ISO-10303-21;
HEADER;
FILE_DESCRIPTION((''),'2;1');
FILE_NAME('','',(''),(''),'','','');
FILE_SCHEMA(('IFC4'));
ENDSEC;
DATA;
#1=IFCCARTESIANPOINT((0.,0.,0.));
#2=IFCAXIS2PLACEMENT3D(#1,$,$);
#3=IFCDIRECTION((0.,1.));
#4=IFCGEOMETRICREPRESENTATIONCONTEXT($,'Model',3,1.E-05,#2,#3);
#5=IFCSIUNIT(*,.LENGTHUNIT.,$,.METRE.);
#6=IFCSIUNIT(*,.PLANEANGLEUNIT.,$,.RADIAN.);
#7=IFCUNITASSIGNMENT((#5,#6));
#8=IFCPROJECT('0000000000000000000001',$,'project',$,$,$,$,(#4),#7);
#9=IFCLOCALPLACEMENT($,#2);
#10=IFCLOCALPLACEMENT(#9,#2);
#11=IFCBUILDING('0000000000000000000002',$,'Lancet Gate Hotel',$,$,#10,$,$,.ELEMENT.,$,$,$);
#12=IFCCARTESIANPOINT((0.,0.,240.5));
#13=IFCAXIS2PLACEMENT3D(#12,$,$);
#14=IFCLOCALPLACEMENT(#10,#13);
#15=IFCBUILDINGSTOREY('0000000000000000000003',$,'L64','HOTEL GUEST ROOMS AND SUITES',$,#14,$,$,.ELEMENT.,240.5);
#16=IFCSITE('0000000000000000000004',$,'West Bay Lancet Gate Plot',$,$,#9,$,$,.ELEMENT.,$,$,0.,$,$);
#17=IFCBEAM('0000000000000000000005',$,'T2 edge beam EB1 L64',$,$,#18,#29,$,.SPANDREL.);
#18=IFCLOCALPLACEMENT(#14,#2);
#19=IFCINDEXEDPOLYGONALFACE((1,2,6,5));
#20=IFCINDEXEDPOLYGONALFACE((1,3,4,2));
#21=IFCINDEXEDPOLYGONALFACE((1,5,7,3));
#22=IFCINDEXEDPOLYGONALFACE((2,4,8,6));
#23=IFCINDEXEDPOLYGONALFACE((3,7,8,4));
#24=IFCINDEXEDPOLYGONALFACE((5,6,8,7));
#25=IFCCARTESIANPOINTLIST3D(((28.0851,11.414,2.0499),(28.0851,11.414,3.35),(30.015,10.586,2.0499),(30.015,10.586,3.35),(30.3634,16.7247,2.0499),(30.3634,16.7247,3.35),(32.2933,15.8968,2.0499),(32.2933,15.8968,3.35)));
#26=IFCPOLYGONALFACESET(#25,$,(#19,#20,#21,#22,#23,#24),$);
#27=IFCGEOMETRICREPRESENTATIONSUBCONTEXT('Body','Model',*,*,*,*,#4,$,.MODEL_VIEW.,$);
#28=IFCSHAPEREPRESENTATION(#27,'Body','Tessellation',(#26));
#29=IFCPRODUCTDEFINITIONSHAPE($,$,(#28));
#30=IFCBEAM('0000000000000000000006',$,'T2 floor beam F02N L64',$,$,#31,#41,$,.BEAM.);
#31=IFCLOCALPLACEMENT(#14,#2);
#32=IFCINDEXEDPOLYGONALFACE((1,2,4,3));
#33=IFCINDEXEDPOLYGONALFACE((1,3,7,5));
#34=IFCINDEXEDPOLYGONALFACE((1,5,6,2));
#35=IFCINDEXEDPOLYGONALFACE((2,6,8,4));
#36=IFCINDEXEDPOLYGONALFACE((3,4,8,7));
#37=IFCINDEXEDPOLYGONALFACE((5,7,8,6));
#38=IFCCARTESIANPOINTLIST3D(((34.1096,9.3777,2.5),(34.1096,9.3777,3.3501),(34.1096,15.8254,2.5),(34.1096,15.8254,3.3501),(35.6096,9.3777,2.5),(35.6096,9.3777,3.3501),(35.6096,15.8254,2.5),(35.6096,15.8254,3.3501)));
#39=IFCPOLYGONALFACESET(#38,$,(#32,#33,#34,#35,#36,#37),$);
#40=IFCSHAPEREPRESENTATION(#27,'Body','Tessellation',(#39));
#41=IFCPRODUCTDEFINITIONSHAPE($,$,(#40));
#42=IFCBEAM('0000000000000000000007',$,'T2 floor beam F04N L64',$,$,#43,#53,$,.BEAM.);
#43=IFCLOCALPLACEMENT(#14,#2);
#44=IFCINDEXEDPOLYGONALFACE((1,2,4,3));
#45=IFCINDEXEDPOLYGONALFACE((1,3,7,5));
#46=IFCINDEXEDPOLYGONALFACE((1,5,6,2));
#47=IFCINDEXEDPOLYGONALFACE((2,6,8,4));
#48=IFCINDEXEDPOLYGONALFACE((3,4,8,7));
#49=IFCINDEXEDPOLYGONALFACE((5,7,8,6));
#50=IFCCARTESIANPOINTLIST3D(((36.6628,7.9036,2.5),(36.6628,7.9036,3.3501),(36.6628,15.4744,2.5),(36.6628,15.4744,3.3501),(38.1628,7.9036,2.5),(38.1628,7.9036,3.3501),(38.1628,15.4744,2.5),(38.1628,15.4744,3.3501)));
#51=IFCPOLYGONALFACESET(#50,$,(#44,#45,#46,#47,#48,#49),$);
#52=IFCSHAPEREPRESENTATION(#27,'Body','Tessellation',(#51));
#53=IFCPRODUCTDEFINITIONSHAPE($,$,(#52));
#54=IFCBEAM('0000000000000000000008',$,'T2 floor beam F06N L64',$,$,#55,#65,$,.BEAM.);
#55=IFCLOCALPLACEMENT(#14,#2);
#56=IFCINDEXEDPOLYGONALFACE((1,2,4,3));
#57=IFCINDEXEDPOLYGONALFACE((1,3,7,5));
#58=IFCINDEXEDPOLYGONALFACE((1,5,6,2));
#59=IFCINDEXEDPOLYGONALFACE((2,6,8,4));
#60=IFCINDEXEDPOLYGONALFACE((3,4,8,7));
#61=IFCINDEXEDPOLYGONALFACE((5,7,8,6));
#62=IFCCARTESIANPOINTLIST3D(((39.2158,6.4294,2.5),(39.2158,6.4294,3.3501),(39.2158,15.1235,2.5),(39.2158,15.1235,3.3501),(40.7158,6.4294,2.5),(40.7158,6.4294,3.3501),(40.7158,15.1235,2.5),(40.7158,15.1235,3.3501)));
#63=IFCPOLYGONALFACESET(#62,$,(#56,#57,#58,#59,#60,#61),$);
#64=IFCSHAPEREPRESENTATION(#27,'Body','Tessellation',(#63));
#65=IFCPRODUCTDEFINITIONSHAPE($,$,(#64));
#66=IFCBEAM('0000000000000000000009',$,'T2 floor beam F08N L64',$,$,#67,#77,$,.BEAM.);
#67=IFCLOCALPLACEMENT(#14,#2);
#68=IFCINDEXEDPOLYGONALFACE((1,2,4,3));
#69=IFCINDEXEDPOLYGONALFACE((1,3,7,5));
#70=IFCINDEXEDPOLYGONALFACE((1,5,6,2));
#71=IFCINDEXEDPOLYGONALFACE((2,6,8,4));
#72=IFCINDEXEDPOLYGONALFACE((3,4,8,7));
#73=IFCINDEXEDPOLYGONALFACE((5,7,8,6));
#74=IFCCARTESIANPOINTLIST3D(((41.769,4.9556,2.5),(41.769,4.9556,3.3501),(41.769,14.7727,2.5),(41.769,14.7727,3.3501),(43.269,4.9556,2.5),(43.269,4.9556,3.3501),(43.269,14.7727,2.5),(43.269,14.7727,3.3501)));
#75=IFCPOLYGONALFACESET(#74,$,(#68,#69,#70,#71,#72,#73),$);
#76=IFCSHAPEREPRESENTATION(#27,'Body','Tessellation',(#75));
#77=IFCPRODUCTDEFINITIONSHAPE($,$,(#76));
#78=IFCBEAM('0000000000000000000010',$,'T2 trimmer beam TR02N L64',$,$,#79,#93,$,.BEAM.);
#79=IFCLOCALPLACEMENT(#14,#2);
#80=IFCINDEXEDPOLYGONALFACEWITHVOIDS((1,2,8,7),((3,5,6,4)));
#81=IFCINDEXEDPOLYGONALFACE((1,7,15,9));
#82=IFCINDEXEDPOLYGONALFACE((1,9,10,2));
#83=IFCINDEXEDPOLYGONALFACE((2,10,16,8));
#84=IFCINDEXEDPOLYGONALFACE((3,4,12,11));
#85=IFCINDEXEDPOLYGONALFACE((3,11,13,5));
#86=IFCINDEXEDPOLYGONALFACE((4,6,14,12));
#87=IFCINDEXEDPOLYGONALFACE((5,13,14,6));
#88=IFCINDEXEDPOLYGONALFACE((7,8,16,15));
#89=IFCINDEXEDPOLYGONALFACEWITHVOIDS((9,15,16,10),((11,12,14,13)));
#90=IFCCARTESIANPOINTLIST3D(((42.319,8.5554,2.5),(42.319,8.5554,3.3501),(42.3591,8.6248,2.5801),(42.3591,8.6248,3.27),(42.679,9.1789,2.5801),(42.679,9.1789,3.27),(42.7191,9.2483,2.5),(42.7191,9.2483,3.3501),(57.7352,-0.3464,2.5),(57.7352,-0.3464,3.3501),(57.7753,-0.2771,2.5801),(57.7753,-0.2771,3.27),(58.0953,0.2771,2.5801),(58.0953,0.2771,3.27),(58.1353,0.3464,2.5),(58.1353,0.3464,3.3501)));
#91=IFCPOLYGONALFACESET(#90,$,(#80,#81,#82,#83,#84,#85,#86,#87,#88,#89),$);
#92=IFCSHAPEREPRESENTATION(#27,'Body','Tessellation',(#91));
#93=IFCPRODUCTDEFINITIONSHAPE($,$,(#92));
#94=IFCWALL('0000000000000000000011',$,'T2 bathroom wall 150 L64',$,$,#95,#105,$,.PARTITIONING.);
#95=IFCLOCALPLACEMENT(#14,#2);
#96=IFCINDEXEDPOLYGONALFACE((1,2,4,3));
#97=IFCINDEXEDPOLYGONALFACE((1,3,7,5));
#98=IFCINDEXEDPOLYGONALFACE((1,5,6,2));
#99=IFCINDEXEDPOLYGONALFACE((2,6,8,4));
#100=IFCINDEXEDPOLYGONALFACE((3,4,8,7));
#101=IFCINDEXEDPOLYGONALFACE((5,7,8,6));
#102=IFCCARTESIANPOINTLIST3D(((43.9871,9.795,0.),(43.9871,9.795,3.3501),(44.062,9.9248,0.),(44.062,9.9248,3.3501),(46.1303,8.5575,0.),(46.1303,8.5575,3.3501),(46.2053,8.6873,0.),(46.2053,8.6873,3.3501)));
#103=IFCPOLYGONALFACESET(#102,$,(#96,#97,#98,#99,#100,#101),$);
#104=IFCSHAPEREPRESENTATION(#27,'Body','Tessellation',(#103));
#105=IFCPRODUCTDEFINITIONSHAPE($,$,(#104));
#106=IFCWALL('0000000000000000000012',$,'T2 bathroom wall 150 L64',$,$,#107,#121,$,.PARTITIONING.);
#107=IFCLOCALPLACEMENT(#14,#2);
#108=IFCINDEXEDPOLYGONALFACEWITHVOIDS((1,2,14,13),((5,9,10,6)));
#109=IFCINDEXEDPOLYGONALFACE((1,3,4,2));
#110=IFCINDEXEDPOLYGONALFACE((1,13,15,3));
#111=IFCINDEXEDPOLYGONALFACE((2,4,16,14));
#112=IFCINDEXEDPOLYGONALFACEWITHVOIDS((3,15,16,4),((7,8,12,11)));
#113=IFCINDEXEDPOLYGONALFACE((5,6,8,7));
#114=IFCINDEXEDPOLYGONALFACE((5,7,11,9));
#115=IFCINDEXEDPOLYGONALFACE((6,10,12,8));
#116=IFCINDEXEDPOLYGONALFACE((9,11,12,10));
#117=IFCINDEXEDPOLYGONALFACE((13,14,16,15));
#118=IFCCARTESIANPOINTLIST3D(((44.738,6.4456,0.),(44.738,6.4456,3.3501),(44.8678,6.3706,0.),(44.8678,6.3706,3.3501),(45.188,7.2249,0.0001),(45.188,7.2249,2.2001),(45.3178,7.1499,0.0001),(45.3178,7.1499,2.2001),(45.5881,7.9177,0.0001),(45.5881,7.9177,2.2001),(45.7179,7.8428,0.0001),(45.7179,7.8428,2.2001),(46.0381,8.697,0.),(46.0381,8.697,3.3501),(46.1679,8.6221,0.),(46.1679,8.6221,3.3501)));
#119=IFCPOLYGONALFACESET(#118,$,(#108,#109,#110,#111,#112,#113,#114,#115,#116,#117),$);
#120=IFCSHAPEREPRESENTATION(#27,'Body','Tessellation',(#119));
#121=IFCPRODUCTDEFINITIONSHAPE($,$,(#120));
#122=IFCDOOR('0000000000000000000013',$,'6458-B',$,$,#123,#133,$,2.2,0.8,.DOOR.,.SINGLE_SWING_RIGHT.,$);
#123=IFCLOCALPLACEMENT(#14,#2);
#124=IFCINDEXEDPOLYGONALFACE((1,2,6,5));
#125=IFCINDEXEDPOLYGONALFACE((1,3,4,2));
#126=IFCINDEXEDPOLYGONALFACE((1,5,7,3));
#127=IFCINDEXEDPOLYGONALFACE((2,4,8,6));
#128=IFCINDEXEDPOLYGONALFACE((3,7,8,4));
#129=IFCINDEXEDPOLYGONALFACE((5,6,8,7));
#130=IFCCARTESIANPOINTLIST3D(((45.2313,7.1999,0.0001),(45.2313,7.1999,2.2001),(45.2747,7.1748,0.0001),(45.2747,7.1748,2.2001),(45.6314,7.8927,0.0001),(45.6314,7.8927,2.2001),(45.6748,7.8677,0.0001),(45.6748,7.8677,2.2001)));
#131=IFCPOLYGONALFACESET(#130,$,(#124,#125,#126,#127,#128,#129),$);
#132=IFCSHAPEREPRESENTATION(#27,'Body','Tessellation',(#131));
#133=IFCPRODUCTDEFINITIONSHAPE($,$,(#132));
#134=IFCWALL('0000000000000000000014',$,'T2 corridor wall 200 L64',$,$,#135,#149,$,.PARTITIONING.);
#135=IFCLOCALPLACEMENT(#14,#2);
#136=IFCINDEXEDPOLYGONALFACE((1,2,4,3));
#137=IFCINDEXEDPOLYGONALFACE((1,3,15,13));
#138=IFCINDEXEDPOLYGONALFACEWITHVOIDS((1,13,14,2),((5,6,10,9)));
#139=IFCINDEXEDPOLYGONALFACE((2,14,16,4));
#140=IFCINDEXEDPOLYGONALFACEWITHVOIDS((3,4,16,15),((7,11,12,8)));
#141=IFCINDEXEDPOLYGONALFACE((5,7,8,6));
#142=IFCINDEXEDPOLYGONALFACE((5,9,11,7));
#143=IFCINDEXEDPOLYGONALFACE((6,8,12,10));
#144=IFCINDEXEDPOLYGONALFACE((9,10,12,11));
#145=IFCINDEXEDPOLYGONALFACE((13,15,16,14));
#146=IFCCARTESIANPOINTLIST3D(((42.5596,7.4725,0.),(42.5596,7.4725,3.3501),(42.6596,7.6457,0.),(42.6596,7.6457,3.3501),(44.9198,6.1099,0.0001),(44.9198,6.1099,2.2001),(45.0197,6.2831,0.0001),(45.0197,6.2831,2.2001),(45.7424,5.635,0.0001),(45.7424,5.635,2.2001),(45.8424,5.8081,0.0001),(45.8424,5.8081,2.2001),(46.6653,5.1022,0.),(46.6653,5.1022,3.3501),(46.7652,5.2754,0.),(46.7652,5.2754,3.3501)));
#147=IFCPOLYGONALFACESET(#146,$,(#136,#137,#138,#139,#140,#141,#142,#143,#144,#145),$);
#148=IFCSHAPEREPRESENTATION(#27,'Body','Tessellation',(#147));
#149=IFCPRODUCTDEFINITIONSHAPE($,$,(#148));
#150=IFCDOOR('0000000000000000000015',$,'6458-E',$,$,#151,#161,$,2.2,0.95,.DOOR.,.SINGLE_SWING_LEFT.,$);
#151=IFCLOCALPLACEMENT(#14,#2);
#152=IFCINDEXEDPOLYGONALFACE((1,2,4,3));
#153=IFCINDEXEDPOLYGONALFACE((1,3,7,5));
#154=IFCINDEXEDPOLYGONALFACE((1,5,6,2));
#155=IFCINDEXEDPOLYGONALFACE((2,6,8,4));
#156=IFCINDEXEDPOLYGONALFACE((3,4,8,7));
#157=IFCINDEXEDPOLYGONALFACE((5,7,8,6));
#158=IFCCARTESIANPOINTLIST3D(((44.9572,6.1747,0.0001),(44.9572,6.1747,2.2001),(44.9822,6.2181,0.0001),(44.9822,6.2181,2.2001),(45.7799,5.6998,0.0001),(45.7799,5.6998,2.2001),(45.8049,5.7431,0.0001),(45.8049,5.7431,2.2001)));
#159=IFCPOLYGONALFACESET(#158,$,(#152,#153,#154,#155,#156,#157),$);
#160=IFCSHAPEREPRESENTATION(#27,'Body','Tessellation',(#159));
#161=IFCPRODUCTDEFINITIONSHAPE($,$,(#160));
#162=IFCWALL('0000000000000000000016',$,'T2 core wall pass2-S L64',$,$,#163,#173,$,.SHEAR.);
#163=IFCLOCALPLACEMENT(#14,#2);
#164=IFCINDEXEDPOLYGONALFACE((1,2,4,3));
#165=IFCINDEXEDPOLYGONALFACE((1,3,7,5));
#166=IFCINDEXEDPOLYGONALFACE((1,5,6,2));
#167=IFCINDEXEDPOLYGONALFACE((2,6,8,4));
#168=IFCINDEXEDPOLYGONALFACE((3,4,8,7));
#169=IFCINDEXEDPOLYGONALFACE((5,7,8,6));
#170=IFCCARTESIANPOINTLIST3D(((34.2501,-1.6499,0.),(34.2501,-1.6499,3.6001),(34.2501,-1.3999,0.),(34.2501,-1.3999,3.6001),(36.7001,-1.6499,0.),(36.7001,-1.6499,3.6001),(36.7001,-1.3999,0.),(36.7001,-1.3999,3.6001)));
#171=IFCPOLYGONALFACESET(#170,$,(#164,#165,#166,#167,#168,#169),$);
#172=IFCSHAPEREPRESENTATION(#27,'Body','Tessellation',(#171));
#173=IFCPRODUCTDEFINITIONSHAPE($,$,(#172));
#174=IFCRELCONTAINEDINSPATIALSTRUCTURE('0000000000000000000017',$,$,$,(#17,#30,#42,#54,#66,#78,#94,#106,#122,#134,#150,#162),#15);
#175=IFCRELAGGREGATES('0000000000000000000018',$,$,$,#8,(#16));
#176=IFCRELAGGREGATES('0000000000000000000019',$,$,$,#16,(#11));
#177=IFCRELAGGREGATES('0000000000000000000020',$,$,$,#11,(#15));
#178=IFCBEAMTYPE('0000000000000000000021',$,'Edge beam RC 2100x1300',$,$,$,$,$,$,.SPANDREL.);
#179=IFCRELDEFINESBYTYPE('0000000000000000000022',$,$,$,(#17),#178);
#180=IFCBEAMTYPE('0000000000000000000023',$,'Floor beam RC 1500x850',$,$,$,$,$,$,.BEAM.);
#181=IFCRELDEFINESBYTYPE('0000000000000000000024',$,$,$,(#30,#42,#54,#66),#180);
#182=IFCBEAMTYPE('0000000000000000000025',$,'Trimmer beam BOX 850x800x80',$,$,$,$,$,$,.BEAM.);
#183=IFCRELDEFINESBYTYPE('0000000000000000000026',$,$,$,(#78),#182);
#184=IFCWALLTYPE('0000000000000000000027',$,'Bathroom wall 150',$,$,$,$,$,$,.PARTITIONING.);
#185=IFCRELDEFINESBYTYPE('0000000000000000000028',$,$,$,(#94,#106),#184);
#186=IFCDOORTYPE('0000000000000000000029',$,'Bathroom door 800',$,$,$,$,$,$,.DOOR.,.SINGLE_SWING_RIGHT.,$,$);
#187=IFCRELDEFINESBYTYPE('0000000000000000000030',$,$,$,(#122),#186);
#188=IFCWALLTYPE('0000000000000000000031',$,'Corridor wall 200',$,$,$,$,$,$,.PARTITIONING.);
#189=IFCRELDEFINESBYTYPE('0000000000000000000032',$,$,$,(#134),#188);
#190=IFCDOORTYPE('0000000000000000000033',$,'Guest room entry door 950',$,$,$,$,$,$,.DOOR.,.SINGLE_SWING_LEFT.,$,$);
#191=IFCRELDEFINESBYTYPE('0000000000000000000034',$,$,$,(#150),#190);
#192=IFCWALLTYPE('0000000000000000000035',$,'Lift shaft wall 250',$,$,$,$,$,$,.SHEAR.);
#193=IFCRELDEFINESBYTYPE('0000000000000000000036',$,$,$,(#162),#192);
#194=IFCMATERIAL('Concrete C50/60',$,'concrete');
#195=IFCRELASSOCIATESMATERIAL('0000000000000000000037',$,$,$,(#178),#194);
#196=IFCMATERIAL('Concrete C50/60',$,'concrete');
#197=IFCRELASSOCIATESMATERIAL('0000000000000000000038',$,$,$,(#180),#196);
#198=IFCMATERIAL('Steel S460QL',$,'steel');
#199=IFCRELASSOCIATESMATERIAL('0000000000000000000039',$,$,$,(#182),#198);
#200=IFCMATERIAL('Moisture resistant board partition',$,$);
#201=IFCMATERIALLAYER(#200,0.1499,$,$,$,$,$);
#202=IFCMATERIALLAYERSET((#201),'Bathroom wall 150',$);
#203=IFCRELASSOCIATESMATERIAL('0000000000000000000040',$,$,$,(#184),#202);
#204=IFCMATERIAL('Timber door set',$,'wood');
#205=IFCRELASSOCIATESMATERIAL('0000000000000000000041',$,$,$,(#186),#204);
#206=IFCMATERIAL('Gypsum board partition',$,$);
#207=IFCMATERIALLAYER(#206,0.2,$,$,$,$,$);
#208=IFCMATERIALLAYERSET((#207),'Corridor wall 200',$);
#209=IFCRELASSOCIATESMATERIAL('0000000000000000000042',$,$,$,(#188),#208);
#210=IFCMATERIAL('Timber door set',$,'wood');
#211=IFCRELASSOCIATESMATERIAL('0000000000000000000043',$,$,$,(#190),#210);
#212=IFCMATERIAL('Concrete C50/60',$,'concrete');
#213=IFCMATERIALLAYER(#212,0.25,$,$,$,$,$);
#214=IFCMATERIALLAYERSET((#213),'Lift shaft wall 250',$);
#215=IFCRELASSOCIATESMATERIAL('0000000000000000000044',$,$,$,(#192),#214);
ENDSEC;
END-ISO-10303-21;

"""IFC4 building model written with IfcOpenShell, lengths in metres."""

from ifc_helpers import new_model, si_unit, direction, frame, frame_2d, origin, origin_2d, place, context, subcontext, project, spatial, rectangle, hollow_rectangle, extrude, material, layer, layer_set, material_profile, profile_set, type_object, element, fill, save


model = new_model("IFC4")

# Units and contexts
model_context = context("Model", 3, precision=1e-05, world=origin(), true_north=direction((0.0, 1.0)))
body_context = subcontext(model_context, "Body", "Model", "MODEL_VIEW")
ifc_project = project(units=[si_unit("LENGTHUNIT", "METRE"), si_unit("PLANEANGLEUNIT", "RADIAN")], contexts=[model_context])

# Site, building, storey
site_placement = place(None, origin())
site = spatial("IfcSite", under=ifc_project, at=site_placement, Name="West Bay Lancet Gate Plot", CompositionType="ELEMENT", RefElevation=0.0)
building_placement = place(site_placement, origin())
building = spatial("IfcBuilding", under=site, at=building_placement, Name="Lancet Gate Hotel", CompositionType="ELEMENT")
storey_placement = place(building_placement, frame((0.0, 0.0, 240.5)))
storey = spatial("IfcBuildingStorey", under=building, at=storey_placement, Name="L64", Description="HOTEL GUEST ROOMS AND SUITES", CompositionType="ELEMENT", Elevation=240.5)

# Beams
ifc_material_1 = material(Name="Concrete C50/60", Category="concrete")
ifc_material_profile_1 = material_profile(ifc_material_1, rectangle(XDim=2.1001, YDim=1.3, at=origin_2d()), Name="RC 2100x1300")
ifc_profile_set_1 = profile_set([ifc_material_profile_1], Name="Concrete C50/60")
beam_type_1 = type_object("IfcBeamType", Name="Edge beam RC 2100x1300", PredefinedType="SPANDREL", material=ifc_profile_set_1)
beam_1_placement = place(storey_placement, frame((29.05, 11.0, 2.7), z_axis=(0.394251, 0.919003, 0.0), x_axis=(-0.919003, 0.394251, 0.0)))
element("IfcBeam", 1, at=beam_1_placement, inside=storey, type_object=beam_type_1, Name="T2 edge beam EB1 L64", PredefinedType="SPANDREL", context=body_context, shape_type="SweptSolid", body=[
    extrude(rectangle(XDim=2.1001, YDim=1.3, at=origin_2d()), origin(), (0.0, 0.0, 1.0), 5.7788),
])
ifc_material_2 = material(Name="Concrete C50/60", Category="concrete")
ifc_material_profile_2 = material_profile(ifc_material_2, rectangle(XDim=1.5, YDim=0.8501, at=origin_2d()), Name="RC 1500x850")
ifc_profile_set_2 = profile_set([ifc_material_profile_2], Name="Concrete C50/60")
beam_type_2 = type_object("IfcBeamType", Name="Floor beam RC 1500x850", PredefinedType="BEAM", material=ifc_profile_set_2)
beam_2_placement = place(storey_placement, frame((34.8596, 9.3777, 2.925), z_axis=(0.0, 1.0, 0.0), x_axis=(-1.0, 0.0, 0.0)))
element("IfcBeam", 2, at=beam_2_placement, inside=storey, type_object=beam_type_2, Name="T2 floor beam F02N L64", PredefinedType="BEAM", context=body_context, shape_type="SweptSolid", body=[
    extrude(rectangle(XDim=1.5, YDim=0.8501, at=origin_2d()), origin(), (0.0, 0.0, 1.0), 6.4478),
])
beam_3_placement = place(storey_placement, frame((37.4128, 7.9036, 2.925), z_axis=(0.0, 1.0, 0.0), x_axis=(-1.0, 0.0, 0.0)))
element("IfcBeam", 3, at=beam_3_placement, inside=storey, type_object=beam_type_2, Name="T2 floor beam F04N L64", PredefinedType="BEAM", context=body_context, shape_type="SweptSolid", body=[
    extrude(rectangle(XDim=1.5, YDim=0.8501, at=origin_2d()), origin(), (0.0, 0.0, 1.0), 7.5708),
])
beam_4_placement = place(storey_placement, frame((39.9658, 6.4294, 2.925), z_axis=(0.0, 1.0, 0.0), x_axis=(-1.0, 0.0, 0.0)))
element("IfcBeam", 4, at=beam_4_placement, inside=storey, type_object=beam_type_2, Name="T2 floor beam F06N L64", PredefinedType="BEAM", context=body_context, shape_type="SweptSolid", body=[
    extrude(rectangle(XDim=1.5, YDim=0.8501, at=origin_2d()), origin(), (0.0, 0.0, 1.0), 8.6941),
])
beam_5_placement = place(storey_placement, frame((42.519, 4.9556, 2.925), z_axis=(0.0, 1.0, 0.0), x_axis=(-1.0, 0.0, 0.0)))
element("IfcBeam", 5, at=beam_5_placement, inside=storey, type_object=beam_type_2, Name="T2 floor beam F08N L64", PredefinedType="BEAM", context=body_context, shape_type="SweptSolid", body=[
    extrude(rectangle(XDim=1.5, YDim=0.8501, at=origin_2d()), origin(), (0.0, 0.0, 1.0), 9.8171),
])
ifc_material_3 = material(Name="Steel S460QL", Category="steel")
ifc_material_profile_3 = material_profile(ifc_material_3, hollow_rectangle(XDim=0.8, YDim=0.8501, WallThickness=0.0801, at=origin_2d()), Name="BOX 850x800x80")
ifc_profile_set_3 = profile_set([ifc_material_profile_3], Name="Steel S460QL")
beam_type_3 = type_object("IfcBeamType", Name="Trimmer beam BOX 850x800x80", PredefinedType="BEAM", material=ifc_profile_set_3)
beam_6_placement = place(storey_placement, frame((42.519, 8.9019, 2.925), z_axis=(0.865994, -0.500054, 0.0), x_axis=(0.500054, 0.865994, 0.0)))
element("IfcBeam", 6, at=beam_6_placement, inside=storey, type_object=beam_type_3, Name="T2 trimmer beam TR02N L64", PredefinedType="BEAM", context=body_context, shape_type="SweptSolid", body=[
    extrude(hollow_rectangle(XDim=0.8, YDim=0.8501, WallThickness=0.0801, at=origin_2d()), origin(), (0.0, 0.0, 1.0), 17.8018),
])

# Wall
ifc_material_4 = material(Name="Moisture resistant board partition")
ifc_layer_1 = layer(ifc_material_4, 0.1499)
ifc_layer_set_1 = layer_set([ifc_layer_1], Name="Bathroom wall 150")
wall_type_1 = type_object("IfcWallType", Name="Bathroom wall 150", PredefinedType="PARTITIONING", material=ifc_layer_set_1)
wall_1_placement = place(storey_placement, frame((44.0247, 9.8599, 0.0), z_axis=(0.0, 0.0, 1.0), x_axis=(0.866007, -0.500033, 0.0)))
element("IfcWall", 7, at=wall_1_placement, inside=storey, type_object=wall_type_1, Name="T2 bathroom wall 150 L64", PredefinedType="PARTITIONING", context=body_context, shape_type="SweptSolid", body=[
    extrude(rectangle(XDim=2.4749, YDim=0.1499, at=frame_2d((1.2373, 0.0))), origin(), (0.0, 0.0, 1.0), 3.3501),
])

# Walls, openings, doors
wall_2_placement = place(storey_placement, frame((44.803, 6.4082, 0.0), z_axis=(0.0, 0.0, 1.0), x_axis=(0.500048, 0.865998, 0.0)))
wall_2 = element("IfcWall", 8, at=wall_2_placement, inside=storey, type_object=wall_type_1, Name="T2 bathroom wall 150 L64", PredefinedType="PARTITIONING", context=body_context, shape_type="SweptSolid", body=[
    extrude(rectangle(XDim=2.5999, YDim=0.1499, at=frame_2d((1.2998, 0.0))), origin(), (0.0, 0.0, 1.0), 3.3501),
])
opening_1_placement = place(wall_2_placement, frame((0.8999, 0.0, 0.0)))
opening_1 = element("IfcOpeningElement", 9, at=opening_1_placement, cuts=wall_2, PredefinedType="OPENING", context=body_context, shape_type="SweptSolid", body=[
    extrude(rectangle(XDim=0.8, YDim=2.2, at=frame_2d((0.3999, 1.1001))), frame((0.0, 0.085, 0.0), z_axis=(0.0, -1.0, 0.0), x_axis=(1.0, 0.0, 0.0)), (0.0, 0.0, 1.0), 0.1699),
])
ifc_material_5 = material(Name="Timber door set", Category="wood")
door_type_1 = type_object("IfcDoorType", Name="Bathroom door 800", OperationType="SINGLE_SWING_RIGHT", PredefinedType="DOOR", material=ifc_material_5)
door_1_placement = place(opening_1_placement, origin())
door_1 = element("IfcDoor", 10, at=door_1_placement, inside=storey, type_object=door_type_1, Name="6458-B", OperationType="SINGLE_SWING_RIGHT", OverallHeight=2.2, OverallWidth=0.8, PredefinedType="DOOR", context=body_context, shape_type="SweptSolid", body=[
    extrude(rectangle(XDim=0.8, YDim=2.2, at=frame_2d((0.3999, 1.1001))), frame((0.0, 0.0249, 0.0), z_axis=(0.0, -1.0, 0.0), x_axis=(1.0, 0.0, 0.0)), (0.0, 0.0, 1.0), 0.05),
])
fill(opening_1, door_1)
ifc_material_6 = material(Name="Gypsum board partition")
ifc_layer_2 = layer(ifc_material_6, 0.2)
ifc_layer_set_2 = layer_set([ifc_layer_2], Name="Corridor wall 200")
wall_type_2 = type_object("IfcWallType", Name="Corridor wall 200", PredefinedType="PARTITIONING", material=ifc_layer_set_2)
wall_3_placement = place(storey_placement, frame((42.6096, 7.5591, 0.0), z_axis=(0.0, 0.0, 1.0), x_axis=(0.866032, -0.499988, 0.0)))
wall_3 = element("IfcWall", 11, at=wall_3_placement, inside=storey, type_object=wall_type_2, Name="T2 corridor wall 200 L64", PredefinedType="PARTITIONING", context=body_context, shape_type="SweptSolid", body=[
    extrude(rectangle(XDim=4.7407, YDim=0.2, at=frame_2d((2.3704, 0.0))), origin(), (0.0, 0.0, 1.0), 3.3501),
])
opening_2_placement = place(wall_3_placement, frame((2.7251, 0.0, 0.0)))
opening_2 = element("IfcOpeningElement", 12, at=opening_2_placement, cuts=wall_3, PredefinedType="OPENING", context=body_context, shape_type="SweptSolid", body=[
    extrude(rectangle(XDim=0.95, YDim=2.2, at=frame_2d((0.4751, 1.1001))), frame((0.0, 0.1099, 0.0), z_axis=(0.0, -1.0, 0.0), x_axis=(1.0, 0.0, 0.0)), (0.0, 0.0, 1.0), 0.22),
])
ifc_material_7 = material(Name="Timber door set", Category="wood")
door_type_2 = type_object("IfcDoorType", Name="Guest room entry door 950", OperationType="SINGLE_SWING_LEFT", PredefinedType="DOOR", material=ifc_material_7)
door_2_placement = place(opening_2_placement, origin())
door_2 = element("IfcDoor", 13, at=door_2_placement, inside=storey, type_object=door_type_2, Name="6458-E", OperationType="SINGLE_SWING_LEFT", OverallHeight=2.2, OverallWidth=0.95, PredefinedType="DOOR", context=body_context, shape_type="SweptSolid", body=[
    extrude(rectangle(XDim=0.95, YDim=2.2, at=frame_2d((0.4751, 1.1001))), frame((0.0, 0.0249, 0.0), z_axis=(0.0, -1.0, 0.0), x_axis=(1.0, 0.0, 0.0)), (0.0, 0.0, 1.0), 0.05),
])
fill(opening_2, door_2)

# Wall
ifc_material_8 = material(Name="Concrete C50/60", Category="concrete")
ifc_layer_3 = layer(ifc_material_8, 0.25)
ifc_layer_set_3 = layer_set([ifc_layer_3], Name="Lift shaft wall 250")
wall_type_3 = type_object("IfcWallType", Name="Lift shaft wall 250", PredefinedType="SHEAR", material=ifc_layer_set_3)
wall_4_placement = place(storey_placement, frame((34.25, -1.5249, 0.0), z_axis=(0.0, 0.0, 1.0), x_axis=(1.0, 0.0, 0.0)))
element("IfcWall", 14, at=wall_4_placement, inside=storey, type_object=wall_type_3, Name="T2 core wall pass2-S L64", PredefinedType="SHEAR", context=body_context, shape_type="SweptSolid", body=[
    extrude(rectangle(XDim=2.45, YDim=0.25, at=frame_2d((1.2251, 0.0))), origin(), (0.0, 0.0, 1.0), 3.6001),
])

save(model, "model.ifc")
